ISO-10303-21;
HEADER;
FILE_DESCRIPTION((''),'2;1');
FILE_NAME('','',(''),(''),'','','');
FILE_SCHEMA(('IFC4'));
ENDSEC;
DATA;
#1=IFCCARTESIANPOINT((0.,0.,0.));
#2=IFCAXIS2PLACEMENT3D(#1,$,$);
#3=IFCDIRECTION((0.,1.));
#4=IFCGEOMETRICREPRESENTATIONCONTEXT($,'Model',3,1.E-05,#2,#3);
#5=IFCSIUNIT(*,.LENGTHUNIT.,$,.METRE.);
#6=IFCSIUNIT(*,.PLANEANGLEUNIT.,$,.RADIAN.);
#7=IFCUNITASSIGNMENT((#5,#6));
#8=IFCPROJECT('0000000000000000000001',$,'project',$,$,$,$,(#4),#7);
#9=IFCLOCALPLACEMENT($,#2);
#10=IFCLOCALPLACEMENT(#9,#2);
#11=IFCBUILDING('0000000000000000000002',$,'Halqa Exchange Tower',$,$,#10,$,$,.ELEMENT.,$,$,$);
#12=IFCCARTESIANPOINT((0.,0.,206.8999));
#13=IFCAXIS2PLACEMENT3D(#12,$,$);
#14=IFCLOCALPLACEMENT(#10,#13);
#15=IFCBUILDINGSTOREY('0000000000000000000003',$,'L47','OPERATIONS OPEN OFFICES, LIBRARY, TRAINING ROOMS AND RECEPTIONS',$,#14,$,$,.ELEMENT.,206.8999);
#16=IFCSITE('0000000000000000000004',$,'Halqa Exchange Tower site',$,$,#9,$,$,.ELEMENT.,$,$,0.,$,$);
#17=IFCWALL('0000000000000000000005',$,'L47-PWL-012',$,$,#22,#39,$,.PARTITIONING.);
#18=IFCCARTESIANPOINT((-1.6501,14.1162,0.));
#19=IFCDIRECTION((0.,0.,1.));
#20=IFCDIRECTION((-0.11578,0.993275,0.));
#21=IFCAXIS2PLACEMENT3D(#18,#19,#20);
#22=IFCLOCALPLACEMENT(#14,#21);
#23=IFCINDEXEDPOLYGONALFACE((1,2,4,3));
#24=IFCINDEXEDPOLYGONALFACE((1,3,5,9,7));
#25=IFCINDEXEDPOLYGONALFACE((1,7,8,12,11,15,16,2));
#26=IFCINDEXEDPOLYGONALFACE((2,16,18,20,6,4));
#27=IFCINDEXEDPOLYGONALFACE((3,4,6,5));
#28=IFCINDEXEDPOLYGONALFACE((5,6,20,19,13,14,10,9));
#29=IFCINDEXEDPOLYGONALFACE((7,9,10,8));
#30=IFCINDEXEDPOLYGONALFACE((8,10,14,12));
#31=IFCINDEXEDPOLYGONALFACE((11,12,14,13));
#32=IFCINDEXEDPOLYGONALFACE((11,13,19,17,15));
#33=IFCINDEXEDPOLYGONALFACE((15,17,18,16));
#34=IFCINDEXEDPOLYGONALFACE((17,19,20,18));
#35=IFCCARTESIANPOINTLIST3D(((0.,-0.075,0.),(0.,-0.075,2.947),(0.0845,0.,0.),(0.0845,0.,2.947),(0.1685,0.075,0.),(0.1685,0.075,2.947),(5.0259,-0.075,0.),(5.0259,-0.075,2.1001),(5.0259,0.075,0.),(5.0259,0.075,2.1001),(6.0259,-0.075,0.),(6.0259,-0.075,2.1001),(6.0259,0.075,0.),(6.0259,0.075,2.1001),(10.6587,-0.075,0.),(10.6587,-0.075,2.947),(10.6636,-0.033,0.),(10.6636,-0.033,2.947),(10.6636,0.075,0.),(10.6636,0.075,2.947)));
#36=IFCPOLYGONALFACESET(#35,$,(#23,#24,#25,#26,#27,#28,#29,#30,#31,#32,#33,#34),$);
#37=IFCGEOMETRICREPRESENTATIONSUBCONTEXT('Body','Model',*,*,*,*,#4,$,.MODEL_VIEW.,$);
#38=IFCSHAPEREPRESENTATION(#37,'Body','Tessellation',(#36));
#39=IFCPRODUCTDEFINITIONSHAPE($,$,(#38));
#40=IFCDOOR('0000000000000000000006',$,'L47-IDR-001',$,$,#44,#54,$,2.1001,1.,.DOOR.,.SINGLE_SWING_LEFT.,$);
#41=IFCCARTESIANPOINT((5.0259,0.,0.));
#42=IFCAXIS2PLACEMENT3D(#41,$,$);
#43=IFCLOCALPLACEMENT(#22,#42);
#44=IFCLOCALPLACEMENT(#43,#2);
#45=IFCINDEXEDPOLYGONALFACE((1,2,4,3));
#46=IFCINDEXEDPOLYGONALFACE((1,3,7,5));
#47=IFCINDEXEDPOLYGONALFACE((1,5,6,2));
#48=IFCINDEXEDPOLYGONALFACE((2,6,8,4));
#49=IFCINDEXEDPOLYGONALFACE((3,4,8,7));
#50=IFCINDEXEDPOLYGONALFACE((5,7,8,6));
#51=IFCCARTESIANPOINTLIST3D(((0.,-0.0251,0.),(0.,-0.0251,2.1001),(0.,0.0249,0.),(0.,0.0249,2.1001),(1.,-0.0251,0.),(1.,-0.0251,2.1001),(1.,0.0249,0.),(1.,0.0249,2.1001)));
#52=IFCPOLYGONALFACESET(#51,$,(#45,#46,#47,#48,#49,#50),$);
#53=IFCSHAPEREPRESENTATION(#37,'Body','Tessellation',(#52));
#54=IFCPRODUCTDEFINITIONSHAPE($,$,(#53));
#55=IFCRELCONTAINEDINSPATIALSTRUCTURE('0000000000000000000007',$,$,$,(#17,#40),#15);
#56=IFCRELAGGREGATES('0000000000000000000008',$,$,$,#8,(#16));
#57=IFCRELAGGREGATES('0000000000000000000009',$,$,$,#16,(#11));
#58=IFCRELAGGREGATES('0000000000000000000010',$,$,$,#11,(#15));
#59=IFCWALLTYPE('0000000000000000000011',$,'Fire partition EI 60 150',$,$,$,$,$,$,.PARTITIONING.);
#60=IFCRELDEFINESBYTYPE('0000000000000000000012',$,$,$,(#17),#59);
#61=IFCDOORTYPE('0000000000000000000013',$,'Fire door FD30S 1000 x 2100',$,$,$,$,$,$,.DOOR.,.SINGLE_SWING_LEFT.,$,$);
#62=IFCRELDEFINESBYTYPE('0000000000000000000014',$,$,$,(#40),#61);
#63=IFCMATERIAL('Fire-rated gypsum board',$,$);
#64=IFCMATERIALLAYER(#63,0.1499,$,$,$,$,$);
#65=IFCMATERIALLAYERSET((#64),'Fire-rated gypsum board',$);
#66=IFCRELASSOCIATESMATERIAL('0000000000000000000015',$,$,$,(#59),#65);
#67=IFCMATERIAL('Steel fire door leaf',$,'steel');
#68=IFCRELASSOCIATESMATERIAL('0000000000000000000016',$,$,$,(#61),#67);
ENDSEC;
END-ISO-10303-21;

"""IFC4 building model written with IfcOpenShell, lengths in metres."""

from ifc_helpers import new_model, si_unit, direction, frame, frame_2d, origin, place, context, subcontext, project, spatial, polyline, rectangle, outline, extrude, material, layer, layer_set, type_object, element, fill, save


model = new_model("IFC4")

# Units and contexts
model_context = context("Model", 3, precision=1e-05, world=origin(), true_north=direction((0.0, 1.0)))
body_context = subcontext(model_context, "Body", "Model", "MODEL_VIEW")
ifc_project = project(units=[si_unit("LENGTHUNIT", "METRE"), si_unit("PLANEANGLEUNIT", "RADIAN")], contexts=[model_context])

# Site, building, storey
site_placement = place(None, origin())
site = spatial("IfcSite", under=ifc_project, at=site_placement, Name="Halqa Exchange Tower site", CompositionType="ELEMENT", RefElevation=0.0)
building_placement = place(site_placement, origin())
building = spatial("IfcBuilding", under=site, at=building_placement, Name="Halqa Exchange Tower", CompositionType="ELEMENT")
storey_placement = place(building_placement, frame((0.0, 0.0, 206.8999)))
storey = spatial("IfcBuildingStorey", under=building, at=storey_placement, Name="L47", Description="OPERATIONS OPEN OFFICES, LIBRARY, TRAINING ROOMS AND RECEPTIONS", CompositionType="ELEMENT", Elevation=206.8999)

# Shared definitions
ifc_material_1 = material(Name="Fire-rated gypsum board")
ifc_layer_1 = layer(ifc_material_1, 0.1499)
ifc_layer_set_1 = layer_set([ifc_layer_1], Name="Fire-rated gypsum board")
wall_type_1 = type_object("IfcWallType", Name="Fire partition EI 60 150", PredefinedType="PARTITIONING", material=ifc_layer_set_1)

# Wall, opening, door
wall_1_placement = place(storey_placement, frame((-1.6501, 14.1162, 0.0), z_axis=(0.0, 0.0, 1.0), x_axis=(-0.11578, 0.993275, 0.0)))
wall_1 = element("IfcWall", 1, at=wall_1_placement, inside=storey, type_object=wall_type_1, Name="L47-PWL-012", PredefinedType="PARTITIONING", context=body_context, shape_type="SweptSolid", body=[
    extrude(outline(polyline([(0.0, -0.075), (1.7766, -0.075), (3.553, -0.075), (5.3293, -0.075), (7.1057, -0.075), (8.8823, -0.075), (10.6587, -0.075), (10.6636, -0.033), (10.6636, 0.075), (8.9143, 0.075), (7.1653, 0.075), (5.416, 0.075), (3.6667, 0.075), (1.9177, 0.075), (0.1685, 0.075), (0.0845, 0.0), (0.0, -0.075)])), origin(), (0.0, 0.0, 1.0), 2.947),
])
opening_1_placement = place(wall_1_placement, frame((5.0259, 0.0, 0.0)))
opening_1 = element("IfcOpeningElement", 2, at=opening_1_placement, cuts=wall_1, PredefinedType="OPENING", context=body_context, shape_type="SweptSolid", body=[
    extrude(rectangle(XDim=1.0, YDim=2.1001, at=frame_2d((0.5, 1.05))), frame((0.0, 0.0869, 0.0), z_axis=(0.0, -1.0, 0.0), x_axis=(1.0, 0.0, 0.0)), (0.0, 0.0, 1.0), 0.1738),
])
ifc_material_2 = material(Name="Steel fire door leaf", Category="steel")
door_type = type_object("IfcDoorType", Name="Fire door FD30S 1000 x 2100", OperationType="SINGLE_SWING_LEFT", PredefinedType="DOOR", material=ifc_material_2)
door_placement = place(opening_1_placement, origin())
door = element("IfcDoor", 3, at=door_placement, inside=storey, type_object=door_type, Name="L47-IDR-001", OperationType="SINGLE_SWING_LEFT", OverallHeight=2.1001, OverallWidth=1.0, PredefinedType="DOOR", context=body_context, shape_type="SweptSolid", body=[
    extrude(rectangle(XDim=1.0, YDim=2.1001, at=frame_2d((0.5, 1.05))), frame((0.0, 0.0249, 0.0), z_axis=(0.0, -1.0, 0.0), x_axis=(1.0, 0.0, 0.0)), (0.0, 0.0, 1.0), 0.05),
])
fill(opening_1, door)

save(model, "model.ifc")
